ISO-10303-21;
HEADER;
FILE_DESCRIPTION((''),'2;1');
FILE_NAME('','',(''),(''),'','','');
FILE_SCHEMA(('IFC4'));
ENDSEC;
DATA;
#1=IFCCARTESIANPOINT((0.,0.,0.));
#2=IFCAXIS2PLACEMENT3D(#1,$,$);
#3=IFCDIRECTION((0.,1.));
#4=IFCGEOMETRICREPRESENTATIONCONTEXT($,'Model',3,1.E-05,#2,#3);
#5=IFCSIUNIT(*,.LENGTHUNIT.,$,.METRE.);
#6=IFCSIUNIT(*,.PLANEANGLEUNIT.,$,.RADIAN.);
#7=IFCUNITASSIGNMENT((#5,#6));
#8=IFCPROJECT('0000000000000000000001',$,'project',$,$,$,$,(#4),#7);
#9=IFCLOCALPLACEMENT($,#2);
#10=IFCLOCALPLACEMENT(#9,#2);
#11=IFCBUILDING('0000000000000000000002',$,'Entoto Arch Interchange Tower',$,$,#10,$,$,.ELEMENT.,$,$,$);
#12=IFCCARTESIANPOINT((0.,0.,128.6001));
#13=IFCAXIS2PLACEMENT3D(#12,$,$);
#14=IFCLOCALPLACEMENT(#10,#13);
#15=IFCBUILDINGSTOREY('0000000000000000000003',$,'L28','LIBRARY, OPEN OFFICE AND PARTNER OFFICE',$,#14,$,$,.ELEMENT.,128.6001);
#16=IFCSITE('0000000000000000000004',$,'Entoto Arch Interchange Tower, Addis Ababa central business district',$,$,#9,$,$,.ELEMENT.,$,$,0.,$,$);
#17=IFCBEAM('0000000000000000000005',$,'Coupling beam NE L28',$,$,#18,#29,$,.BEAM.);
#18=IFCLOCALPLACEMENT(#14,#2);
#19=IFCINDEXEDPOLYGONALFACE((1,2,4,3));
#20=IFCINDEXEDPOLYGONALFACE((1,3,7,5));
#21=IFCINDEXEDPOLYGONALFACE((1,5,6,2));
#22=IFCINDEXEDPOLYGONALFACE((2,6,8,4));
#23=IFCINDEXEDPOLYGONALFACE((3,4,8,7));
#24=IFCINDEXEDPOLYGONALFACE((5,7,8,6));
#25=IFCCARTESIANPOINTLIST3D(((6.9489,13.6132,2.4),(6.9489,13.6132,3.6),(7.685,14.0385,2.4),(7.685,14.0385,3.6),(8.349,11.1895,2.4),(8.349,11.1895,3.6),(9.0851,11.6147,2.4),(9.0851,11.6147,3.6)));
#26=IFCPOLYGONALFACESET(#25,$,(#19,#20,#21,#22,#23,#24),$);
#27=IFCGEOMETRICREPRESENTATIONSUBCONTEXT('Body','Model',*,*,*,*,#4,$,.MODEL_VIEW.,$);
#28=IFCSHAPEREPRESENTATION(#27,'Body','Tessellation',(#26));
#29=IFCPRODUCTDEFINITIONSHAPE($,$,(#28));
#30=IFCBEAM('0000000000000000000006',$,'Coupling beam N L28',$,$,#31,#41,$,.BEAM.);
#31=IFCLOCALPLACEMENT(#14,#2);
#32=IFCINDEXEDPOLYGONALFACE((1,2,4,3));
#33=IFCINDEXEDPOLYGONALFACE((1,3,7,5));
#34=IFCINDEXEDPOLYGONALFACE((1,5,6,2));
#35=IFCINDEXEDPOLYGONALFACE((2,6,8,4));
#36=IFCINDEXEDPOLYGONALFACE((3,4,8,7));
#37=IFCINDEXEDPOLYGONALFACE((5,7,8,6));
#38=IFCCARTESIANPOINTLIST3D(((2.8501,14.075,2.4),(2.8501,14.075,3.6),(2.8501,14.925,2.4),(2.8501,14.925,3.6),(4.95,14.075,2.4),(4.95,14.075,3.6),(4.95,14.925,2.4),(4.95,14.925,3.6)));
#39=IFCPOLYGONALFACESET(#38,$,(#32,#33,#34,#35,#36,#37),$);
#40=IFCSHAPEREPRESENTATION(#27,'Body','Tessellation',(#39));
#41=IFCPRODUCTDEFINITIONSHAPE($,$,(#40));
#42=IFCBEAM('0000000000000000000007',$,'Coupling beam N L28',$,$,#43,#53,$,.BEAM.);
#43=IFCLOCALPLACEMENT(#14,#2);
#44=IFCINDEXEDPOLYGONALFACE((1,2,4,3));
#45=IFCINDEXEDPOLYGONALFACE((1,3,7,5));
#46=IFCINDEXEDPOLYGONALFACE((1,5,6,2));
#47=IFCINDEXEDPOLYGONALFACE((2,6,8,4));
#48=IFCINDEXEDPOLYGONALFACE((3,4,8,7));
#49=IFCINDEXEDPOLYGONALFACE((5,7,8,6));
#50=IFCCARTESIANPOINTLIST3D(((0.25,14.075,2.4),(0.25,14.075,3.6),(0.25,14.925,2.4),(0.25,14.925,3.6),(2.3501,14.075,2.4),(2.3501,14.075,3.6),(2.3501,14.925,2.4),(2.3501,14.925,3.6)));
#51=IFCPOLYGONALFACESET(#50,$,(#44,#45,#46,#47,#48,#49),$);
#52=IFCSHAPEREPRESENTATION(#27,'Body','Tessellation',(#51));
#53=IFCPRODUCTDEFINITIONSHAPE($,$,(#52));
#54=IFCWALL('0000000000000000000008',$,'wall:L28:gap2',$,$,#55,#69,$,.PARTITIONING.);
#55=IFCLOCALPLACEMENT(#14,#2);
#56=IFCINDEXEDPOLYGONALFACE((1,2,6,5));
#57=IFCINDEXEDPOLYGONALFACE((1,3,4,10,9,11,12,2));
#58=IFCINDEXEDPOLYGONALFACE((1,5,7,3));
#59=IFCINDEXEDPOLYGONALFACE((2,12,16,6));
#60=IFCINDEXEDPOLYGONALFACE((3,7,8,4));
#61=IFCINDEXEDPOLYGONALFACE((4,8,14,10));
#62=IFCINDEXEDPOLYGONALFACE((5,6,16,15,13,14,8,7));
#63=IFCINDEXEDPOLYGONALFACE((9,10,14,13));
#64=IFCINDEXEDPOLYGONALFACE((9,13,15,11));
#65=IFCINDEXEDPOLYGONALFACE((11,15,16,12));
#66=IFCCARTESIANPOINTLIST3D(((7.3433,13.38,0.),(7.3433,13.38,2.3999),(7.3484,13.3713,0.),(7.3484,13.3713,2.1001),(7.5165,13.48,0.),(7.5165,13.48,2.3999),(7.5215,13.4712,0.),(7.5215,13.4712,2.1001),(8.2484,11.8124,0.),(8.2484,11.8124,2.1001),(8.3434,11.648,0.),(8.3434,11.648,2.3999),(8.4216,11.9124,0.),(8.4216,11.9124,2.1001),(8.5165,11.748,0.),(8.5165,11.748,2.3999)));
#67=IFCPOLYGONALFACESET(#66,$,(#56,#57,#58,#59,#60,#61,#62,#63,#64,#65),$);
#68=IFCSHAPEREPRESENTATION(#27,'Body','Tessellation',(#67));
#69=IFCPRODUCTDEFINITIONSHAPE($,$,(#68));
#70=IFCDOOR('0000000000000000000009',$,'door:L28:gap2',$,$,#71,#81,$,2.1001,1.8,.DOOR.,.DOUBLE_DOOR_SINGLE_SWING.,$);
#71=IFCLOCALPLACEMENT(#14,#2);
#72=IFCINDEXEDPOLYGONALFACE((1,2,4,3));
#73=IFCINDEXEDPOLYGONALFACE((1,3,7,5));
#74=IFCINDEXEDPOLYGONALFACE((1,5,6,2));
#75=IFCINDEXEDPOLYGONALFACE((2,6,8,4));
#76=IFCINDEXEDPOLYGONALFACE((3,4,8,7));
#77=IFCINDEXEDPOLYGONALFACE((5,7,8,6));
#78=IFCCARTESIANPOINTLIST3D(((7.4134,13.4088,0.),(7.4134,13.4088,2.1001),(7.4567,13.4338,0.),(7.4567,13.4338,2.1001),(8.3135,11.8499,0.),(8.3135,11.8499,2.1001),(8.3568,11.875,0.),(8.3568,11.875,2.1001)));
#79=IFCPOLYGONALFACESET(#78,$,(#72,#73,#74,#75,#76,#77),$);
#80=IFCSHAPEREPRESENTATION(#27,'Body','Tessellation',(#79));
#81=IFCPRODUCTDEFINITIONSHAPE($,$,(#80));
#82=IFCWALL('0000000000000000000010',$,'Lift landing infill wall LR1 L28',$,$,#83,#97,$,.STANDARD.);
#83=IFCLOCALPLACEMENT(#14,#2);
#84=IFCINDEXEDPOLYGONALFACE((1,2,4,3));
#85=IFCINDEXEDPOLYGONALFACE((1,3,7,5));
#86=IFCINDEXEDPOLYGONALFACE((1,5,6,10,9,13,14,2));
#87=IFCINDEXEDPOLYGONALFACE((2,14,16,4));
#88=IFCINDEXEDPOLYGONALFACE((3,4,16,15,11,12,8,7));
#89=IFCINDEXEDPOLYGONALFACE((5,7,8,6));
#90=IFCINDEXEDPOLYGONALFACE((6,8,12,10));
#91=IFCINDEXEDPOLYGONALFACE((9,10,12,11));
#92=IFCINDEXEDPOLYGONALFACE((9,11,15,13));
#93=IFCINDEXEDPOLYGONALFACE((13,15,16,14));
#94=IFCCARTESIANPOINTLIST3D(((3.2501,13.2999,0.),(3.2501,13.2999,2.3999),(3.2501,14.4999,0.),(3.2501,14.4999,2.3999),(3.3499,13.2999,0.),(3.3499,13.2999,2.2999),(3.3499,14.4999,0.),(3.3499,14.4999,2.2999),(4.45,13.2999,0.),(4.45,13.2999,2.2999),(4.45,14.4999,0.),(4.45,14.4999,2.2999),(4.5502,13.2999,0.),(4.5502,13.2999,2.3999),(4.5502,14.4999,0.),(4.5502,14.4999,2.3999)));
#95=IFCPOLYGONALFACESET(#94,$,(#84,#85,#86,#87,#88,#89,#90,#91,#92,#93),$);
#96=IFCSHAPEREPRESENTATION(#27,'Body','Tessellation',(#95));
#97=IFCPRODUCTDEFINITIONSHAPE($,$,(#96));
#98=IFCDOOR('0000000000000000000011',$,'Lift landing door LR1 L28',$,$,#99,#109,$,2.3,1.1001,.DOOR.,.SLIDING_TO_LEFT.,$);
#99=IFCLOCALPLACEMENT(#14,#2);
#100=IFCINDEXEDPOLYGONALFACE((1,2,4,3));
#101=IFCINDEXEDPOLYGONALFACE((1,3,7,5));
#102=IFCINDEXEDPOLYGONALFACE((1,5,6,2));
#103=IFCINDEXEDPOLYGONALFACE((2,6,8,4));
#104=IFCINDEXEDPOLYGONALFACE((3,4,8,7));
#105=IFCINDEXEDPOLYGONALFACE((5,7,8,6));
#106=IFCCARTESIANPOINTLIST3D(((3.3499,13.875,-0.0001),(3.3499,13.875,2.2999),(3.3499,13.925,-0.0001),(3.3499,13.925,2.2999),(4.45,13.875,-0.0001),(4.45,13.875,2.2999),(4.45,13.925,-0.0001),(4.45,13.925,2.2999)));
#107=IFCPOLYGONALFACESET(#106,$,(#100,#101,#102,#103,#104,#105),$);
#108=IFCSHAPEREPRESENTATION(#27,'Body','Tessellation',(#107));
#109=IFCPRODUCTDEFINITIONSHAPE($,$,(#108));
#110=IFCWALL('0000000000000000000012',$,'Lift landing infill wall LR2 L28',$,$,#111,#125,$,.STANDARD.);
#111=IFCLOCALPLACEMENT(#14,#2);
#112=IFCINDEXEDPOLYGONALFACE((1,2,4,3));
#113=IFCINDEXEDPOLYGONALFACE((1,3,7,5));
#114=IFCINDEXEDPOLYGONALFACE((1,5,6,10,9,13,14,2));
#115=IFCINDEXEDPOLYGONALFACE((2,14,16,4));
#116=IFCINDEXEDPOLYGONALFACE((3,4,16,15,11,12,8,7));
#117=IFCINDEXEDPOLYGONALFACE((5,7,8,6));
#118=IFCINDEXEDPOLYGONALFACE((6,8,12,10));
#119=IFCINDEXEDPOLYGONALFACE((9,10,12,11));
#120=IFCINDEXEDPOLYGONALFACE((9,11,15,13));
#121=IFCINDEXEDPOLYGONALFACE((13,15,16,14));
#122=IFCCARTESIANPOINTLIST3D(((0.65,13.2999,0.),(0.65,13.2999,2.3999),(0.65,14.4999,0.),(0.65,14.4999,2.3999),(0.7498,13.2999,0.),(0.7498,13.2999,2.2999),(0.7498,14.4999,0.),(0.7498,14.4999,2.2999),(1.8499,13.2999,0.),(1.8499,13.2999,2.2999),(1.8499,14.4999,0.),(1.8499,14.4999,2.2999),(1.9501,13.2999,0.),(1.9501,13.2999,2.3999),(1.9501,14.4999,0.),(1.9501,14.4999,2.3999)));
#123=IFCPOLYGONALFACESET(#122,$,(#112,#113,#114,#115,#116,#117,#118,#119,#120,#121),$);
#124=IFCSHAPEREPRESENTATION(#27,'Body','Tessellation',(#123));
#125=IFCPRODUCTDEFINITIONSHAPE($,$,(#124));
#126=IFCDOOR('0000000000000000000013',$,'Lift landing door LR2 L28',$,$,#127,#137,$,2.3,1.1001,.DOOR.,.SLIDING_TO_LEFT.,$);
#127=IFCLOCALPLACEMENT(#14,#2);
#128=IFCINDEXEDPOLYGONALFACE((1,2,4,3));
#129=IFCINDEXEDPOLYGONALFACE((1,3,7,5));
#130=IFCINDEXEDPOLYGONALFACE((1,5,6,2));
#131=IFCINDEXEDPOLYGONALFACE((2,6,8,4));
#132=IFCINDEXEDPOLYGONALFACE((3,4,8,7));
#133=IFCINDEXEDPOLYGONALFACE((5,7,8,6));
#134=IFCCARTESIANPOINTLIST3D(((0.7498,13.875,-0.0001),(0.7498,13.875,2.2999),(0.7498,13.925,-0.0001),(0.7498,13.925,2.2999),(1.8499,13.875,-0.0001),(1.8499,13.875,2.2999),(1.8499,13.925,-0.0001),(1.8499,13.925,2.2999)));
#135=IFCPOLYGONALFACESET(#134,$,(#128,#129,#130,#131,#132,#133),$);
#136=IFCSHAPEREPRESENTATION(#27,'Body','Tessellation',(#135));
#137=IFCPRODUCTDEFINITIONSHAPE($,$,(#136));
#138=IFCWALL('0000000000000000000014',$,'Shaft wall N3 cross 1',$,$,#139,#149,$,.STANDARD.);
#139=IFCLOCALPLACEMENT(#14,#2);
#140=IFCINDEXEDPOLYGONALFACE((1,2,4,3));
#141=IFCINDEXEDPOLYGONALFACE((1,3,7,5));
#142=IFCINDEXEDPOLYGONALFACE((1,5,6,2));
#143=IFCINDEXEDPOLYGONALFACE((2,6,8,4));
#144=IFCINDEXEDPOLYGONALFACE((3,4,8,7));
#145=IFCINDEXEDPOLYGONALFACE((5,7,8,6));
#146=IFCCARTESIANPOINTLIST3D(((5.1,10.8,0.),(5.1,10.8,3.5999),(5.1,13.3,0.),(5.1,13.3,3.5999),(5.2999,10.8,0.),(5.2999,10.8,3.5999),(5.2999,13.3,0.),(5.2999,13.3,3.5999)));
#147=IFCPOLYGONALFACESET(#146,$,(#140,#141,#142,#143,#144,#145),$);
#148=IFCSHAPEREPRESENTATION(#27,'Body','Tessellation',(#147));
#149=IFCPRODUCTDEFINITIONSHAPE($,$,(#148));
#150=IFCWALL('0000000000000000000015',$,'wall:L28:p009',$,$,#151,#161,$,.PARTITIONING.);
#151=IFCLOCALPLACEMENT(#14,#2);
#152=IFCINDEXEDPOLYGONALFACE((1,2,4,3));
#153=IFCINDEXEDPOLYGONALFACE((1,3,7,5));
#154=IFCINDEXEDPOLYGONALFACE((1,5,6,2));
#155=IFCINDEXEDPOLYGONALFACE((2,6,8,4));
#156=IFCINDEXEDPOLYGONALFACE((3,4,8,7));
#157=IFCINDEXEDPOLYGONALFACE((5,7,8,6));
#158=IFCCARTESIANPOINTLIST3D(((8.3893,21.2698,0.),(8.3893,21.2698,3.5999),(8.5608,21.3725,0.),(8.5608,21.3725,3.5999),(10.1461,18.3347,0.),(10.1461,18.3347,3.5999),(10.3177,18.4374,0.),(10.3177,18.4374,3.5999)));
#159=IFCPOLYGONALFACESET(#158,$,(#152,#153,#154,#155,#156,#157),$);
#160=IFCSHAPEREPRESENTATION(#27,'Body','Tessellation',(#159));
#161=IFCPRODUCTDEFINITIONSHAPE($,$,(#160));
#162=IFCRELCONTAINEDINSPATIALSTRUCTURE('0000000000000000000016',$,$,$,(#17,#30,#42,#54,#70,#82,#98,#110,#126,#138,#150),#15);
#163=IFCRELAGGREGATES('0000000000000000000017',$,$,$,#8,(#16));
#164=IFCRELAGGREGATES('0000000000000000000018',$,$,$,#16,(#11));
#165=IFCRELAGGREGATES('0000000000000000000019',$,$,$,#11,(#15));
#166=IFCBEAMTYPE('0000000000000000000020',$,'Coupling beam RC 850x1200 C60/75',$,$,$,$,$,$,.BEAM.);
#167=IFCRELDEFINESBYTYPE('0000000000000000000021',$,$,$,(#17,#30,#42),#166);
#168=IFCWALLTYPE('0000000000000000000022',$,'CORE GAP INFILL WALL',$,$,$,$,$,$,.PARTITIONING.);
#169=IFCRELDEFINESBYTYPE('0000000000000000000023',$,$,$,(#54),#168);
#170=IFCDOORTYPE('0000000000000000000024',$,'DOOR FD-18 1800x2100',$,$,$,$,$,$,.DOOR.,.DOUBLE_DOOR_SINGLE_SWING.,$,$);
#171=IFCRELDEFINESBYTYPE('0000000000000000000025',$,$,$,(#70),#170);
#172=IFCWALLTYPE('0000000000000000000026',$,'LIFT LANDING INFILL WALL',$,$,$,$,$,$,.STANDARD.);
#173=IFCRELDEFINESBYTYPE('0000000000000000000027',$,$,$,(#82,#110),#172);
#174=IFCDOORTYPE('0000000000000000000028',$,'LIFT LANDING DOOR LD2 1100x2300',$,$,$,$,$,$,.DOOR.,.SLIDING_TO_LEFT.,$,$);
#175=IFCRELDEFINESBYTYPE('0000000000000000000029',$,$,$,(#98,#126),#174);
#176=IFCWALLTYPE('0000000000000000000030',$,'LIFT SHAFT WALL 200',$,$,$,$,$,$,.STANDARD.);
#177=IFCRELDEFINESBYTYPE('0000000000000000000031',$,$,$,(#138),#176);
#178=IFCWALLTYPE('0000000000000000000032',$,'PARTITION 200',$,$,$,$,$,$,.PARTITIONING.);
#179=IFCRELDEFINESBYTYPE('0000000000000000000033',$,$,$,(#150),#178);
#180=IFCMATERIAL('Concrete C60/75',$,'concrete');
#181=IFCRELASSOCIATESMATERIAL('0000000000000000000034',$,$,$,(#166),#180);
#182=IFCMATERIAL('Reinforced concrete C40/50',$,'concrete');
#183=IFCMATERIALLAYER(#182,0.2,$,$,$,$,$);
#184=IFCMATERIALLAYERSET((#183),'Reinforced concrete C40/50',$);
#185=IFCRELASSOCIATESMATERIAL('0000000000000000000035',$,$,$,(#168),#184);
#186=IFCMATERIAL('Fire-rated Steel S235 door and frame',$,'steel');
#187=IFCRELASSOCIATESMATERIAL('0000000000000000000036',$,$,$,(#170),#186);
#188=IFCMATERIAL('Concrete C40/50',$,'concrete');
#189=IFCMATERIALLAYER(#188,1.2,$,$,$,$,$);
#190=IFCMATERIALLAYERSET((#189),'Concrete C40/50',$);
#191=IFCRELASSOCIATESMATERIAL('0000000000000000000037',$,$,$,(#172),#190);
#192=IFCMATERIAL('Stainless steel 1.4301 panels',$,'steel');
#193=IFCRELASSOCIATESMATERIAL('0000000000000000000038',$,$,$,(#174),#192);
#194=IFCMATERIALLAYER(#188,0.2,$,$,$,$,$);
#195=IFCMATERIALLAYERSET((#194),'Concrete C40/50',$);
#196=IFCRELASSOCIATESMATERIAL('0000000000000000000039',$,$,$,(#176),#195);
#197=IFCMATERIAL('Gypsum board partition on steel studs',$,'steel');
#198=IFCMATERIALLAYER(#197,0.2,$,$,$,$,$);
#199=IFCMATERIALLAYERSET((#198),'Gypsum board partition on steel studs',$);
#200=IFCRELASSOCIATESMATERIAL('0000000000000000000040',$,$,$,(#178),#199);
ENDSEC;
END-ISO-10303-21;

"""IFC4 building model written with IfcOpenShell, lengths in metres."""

from ifc_helpers import new_model, si_unit, direction, frame, frame_2d, origin, origin_2d, place, context, subcontext, project, spatial, rectangle, extrude, material, layer, layer_set, material_profile, profile_set, type_object, element, fill, save


model = new_model("IFC4")

# Units and contexts
model_context = context("Model", 3, precision=1e-05, world=origin(), true_north=direction((0.0, 1.0)))
body_context = subcontext(model_context, "Body", "Model", "MODEL_VIEW")
ifc_project = project(units=[si_unit("LENGTHUNIT", "METRE"), si_unit("PLANEANGLEUNIT", "RADIAN")], contexts=[model_context])

# Site, building, storey
site_placement = place(None, origin())
site = spatial("IfcSite", under=ifc_project, at=site_placement, Name="Entoto Arch Interchange Tower, Addis Ababa central business district", CompositionType="ELEMENT", RefElevation=0.0)
building_placement = place(site_placement, origin())
building = spatial("IfcBuilding", under=site, at=building_placement, Name="Entoto Arch Interchange Tower", CompositionType="ELEMENT")
storey_placement = place(building_placement, frame((0.0, 0.0, 128.6001)))
storey = spatial("IfcBuildingStorey", under=building, at=storey_placement, Name="L28", Description="LIBRARY, OPEN OFFICE AND PARTNER OFFICE", CompositionType="ELEMENT", Elevation=128.6001)

# Beams
ifc_material_1 = material(Name="Concrete C60/75", Category="concrete")
ifc_material_profile = material_profile(ifc_material_1, rectangle(XDim=0.8501, YDim=1.2, at=origin_2d()))
ifc_profile_set = profile_set([ifc_material_profile], Name="Concrete C60/75")
beam_type = type_object("IfcBeamType", Name="Coupling beam RC 850x1200 C60/75", PredefinedType="BEAM", material=ifc_profile_set)
beam_1_placement = place(storey_placement, frame((8.717, 11.4021, 3.0), z_axis=(-0.500201, 0.86591, 0.0), x_axis=(-0.86591, -0.500201, 0.0)))
element("IfcBeam", 1, at=beam_1_placement, inside=storey, type_object=beam_type, Name="Coupling beam NE L28", PredefinedType="BEAM", context=body_context, shape_type="SweptSolid", body=[
    extrude(rectangle(XDim=0.8501, YDim=1.2, at=origin_2d()), origin(), (0.0, 0.0, 1.0), 2.7991),
])
beam_2_placement = place(storey_placement, frame((4.95, 14.5, 3.0), z_axis=(-1.0, 0.0, 0.0), x_axis=(0.0, -1.0, 0.0)))
element("IfcBeam", 2, at=beam_2_placement, inside=storey, type_object=beam_type, Name="Coupling beam N L28", PredefinedType="BEAM", context=body_context, shape_type="SweptSolid", body=[
    extrude(rectangle(XDim=0.8501, YDim=1.2, at=origin_2d()), origin(), (0.0, 0.0, 1.0), 2.0999),
])
beam_3_placement = place(storey_placement, frame((2.3501, 14.5, 3.0), z_axis=(-1.0, 0.0, 0.0), x_axis=(0.0, -1.0, 0.0)))
element("IfcBeam", 3, at=beam_3_placement, inside=storey, type_object=beam_type, Name="Coupling beam N L28", PredefinedType="BEAM", context=body_context, shape_type="SweptSolid", body=[
    extrude(rectangle(XDim=0.8501, YDim=1.2, at=origin_2d()), origin(), (0.0, 0.0, 1.0), 2.1001),
])

# Walls, openings, doors
ifc_material_2 = material(Name="Reinforced concrete C40/50", Category="concrete")
ifc_layer_1 = layer(ifc_material_2, 0.2)
ifc_layer_set_1 = layer_set([ifc_layer_1], Name="Reinforced concrete C40/50")
wall_type_1 = type_object("IfcWallType", Name="CORE GAP INFILL WALL", PredefinedType="PARTITIONING", material=ifc_layer_set_1)
wall_1_placement = place(storey_placement, frame((8.4299, 11.698, 0.0), z_axis=(0.0, 0.0, 1.0), x_axis=(-0.500025, 0.866011, 0.0)))
wall_1 = element("IfcWall", 4, at=wall_1_placement, inside=storey, type_object=wall_type_1, Name="wall:L28:gap2", PredefinedType="PARTITIONING", context=body_context, shape_type="SweptSolid", body=[
    extrude(rectangle(XDim=2.0, YDim=0.2, at=frame_2d((1.0, 0.0))), origin(), (0.0, 0.0, 1.0), 2.3999),
])
opening_1_placement = place(wall_1_placement, frame((0.1899, 0.0, 0.0)))
opening_1 = element("IfcOpeningElement", 5, at=opening_1_placement, cuts=wall_1, PredefinedType="OPENING", context=body_context, shape_type="SweptSolid", body=[
    extrude(rectangle(XDim=1.8, YDim=2.1001, at=frame_2d((0.8999, 1.05))), frame((0.0, 0.1099, 0.0), z_axis=(0.0, -1.0, 0.0), x_axis=(1.0, 0.0, 0.0)), (0.0, 0.0, 1.0), 0.22),
])
ifc_material_3 = material(Name="Fire-rated Steel S235 door and frame", Category="steel")
door_type_1 = type_object("IfcDoorType", Name="DOOR FD-18 1800x2100", OperationType="DOUBLE_DOOR_SINGLE_SWING", PredefinedType="DOOR", material=ifc_material_3)
door_1_placement = place(opening_1_placement, origin())
door_1 = element("IfcDoor", 6, at=door_1_placement, inside=storey, type_object=door_type_1, Name="door:L28:gap2", OperationType="DOUBLE_DOOR_SINGLE_SWING", OverallHeight=2.1001, OverallWidth=1.8, PredefinedType="DOOR", context=body_context, shape_type="SweptSolid", body=[
    extrude(rectangle(XDim=1.8, YDim=2.1001, at=frame_2d((0.8999, 1.05))), frame((0.0, 0.0249, 0.0), z_axis=(0.0, -1.0, 0.0), x_axis=(1.0, 0.0, 0.0)), (0.0, 0.0, 1.0), 0.05),
])
fill(opening_1, door_1)
ifc_material_4 = material(Name="Concrete C40/50", Category="concrete")
ifc_layer_2 = layer(ifc_material_4, 1.2)
ifc_layer_set_2 = layer_set([ifc_layer_2], Name="Concrete C40/50")
wall_type_2 = type_object("IfcWallType", Name="LIFT LANDING INFILL WALL", PredefinedType="STANDARD", material=ifc_layer_set_2)
wall_2_placement = place(storey_placement, frame((4.55, 13.8999, 0.0), z_axis=(0.0, 0.0, 1.0), x_axis=(-1.0, 0.0, 0.0)))
wall_2 = element("IfcWall", 7, at=wall_2_placement, inside=storey, type_object=wall_type_2, Name="Lift landing infill wall LR1 L28", PredefinedType="STANDARD", context=body_context, shape_type="SweptSolid", body=[
    extrude(rectangle(XDim=1.3, YDim=1.2, at=frame_2d((0.6499, 0.0))), origin(), (0.0, 0.0, 1.0), 2.3999),
])
opening_2_placement = place(wall_2_placement, frame((0.1001, 0.0, 0.0)))
opening_2 = element("IfcOpeningElement", 8, at=opening_2_placement, cuts=wall_2, PredefinedType="OPENING", context=body_context, shape_type="SweptSolid", body=[
    extrude(rectangle(XDim=1.1001, YDim=2.3, at=frame_2d((0.55, 1.1499))), frame((0.0, 0.6099, 0.0), z_axis=(0.0, -1.0, 0.0), x_axis=(1.0, 0.0, 0.0)), (0.0, 0.0, 1.0), 1.22),
])
ifc_material_5 = material(Name="Stainless steel 1.4301 panels", Category="steel")
door_type_2 = type_object("IfcDoorType", Name="LIFT LANDING DOOR LD2 1100x2300", OperationType="SLIDING_TO_LEFT", PredefinedType="DOOR", material=ifc_material_5)
door_2_placement = place(opening_2_placement, origin())
door_2 = element("IfcDoor", 9, at=door_2_placement, inside=storey, type_object=door_type_2, Name="Lift landing door LR1 L28", OperationType="SLIDING_TO_LEFT", OverallHeight=2.3, OverallWidth=1.1001, PredefinedType="DOOR", context=body_context, shape_type="SweptSolid", body=[
    extrude(rectangle(XDim=1.1001, YDim=2.3, at=frame_2d((0.55, 1.1499))), frame((0.0, 0.0249, 0.0), z_axis=(0.0, -1.0, 0.0), x_axis=(1.0, 0.0, 0.0)), (0.0, 0.0, 1.0), 0.05),
])
fill(opening_2, door_2)
wall_3_placement = place(storey_placement, frame((1.95, 13.8999, 0.0), z_axis=(0.0, 0.0, 1.0), x_axis=(-1.0, 0.0, 0.0)))
wall_3 = element("IfcWall", 10, at=wall_3_placement, inside=storey, type_object=wall_type_2, Name="Lift landing infill wall LR2 L28", PredefinedType="STANDARD", context=body_context, shape_type="SweptSolid", body=[
    extrude(rectangle(XDim=1.3, YDim=1.2, at=frame_2d((0.6499, 0.0))), origin(), (0.0, 0.0, 1.0), 2.3999),
])
opening_3_placement = place(wall_3_placement, frame((0.1001, 0.0, 0.0)))
opening_3 = element("IfcOpeningElement", 11, at=opening_3_placement, cuts=wall_3, PredefinedType="OPENING", context=body_context, shape_type="SweptSolid", body=[
    extrude(rectangle(XDim=1.1001, YDim=2.3, at=frame_2d((0.55, 1.1499))), frame((0.0, 0.6099, 0.0), z_axis=(0.0, -1.0, 0.0), x_axis=(1.0, 0.0, 0.0)), (0.0, 0.0, 1.0), 1.22),
])
door_3_placement = place(opening_3_placement, origin())
door_3 = element("IfcDoor", 12, at=door_3_placement, inside=storey, type_object=door_type_2, Name="Lift landing door LR2 L28", OperationType="SLIDING_TO_LEFT", OverallHeight=2.3, OverallWidth=1.1001, PredefinedType="DOOR", context=body_context, shape_type="SweptSolid", body=[
    extrude(rectangle(XDim=1.1001, YDim=2.3, at=frame_2d((0.55, 1.1499))), frame((0.0, 0.0249, 0.0), z_axis=(0.0, -1.0, 0.0), x_axis=(1.0, 0.0, 0.0)), (0.0, 0.0, 1.0), 0.05),
])
fill(opening_3, door_3)

# Walls
ifc_layer_3 = layer(ifc_material_4, 0.2)
ifc_layer_set_3 = layer_set([ifc_layer_3], Name="Concrete C40/50")
wall_type_3 = type_object("IfcWallType", Name="LIFT SHAFT WALL 200", PredefinedType="STANDARD", material=ifc_layer_set_3)
wall_4_placement = place(storey_placement, frame((5.2, 10.8, 0.0), z_axis=(0.0, 0.0, 1.0), x_axis=(0.0, 1.0, 0.0)))
element("IfcWall", 13, at=wall_4_placement, inside=storey, type_object=wall_type_3, Name="Shaft wall N3 cross 1", PredefinedType="STANDARD", context=body_context, shape_type="SweptSolid", body=[
    extrude(rectangle(XDim=2.5, YDim=0.2, at=frame_2d((1.25, 0.0))), origin(), (0.0, 0.0, 1.0), 3.5999),
])
ifc_material_6 = material(Name="Gypsum board partition on steel studs", Category="steel")
ifc_layer_4 = layer(ifc_material_6, 0.2)
ifc_layer_set_4 = layer_set([ifc_layer_4], Name="Gypsum board partition on steel studs")
wall_type_4 = type_object("IfcWallType", Name="PARTITION 200", PredefinedType="PARTITIONING", material=ifc_layer_set_4)
wall_5_placement = place(storey_placement, frame((10.2319, 18.386, 0.0), z_axis=(0.0, 0.0, 1.0), x_axis=(-0.513593, 0.858034, 0.0)))
element("IfcWall", 14, at=wall_5_placement, inside=storey, type_object=wall_type_4, Name="wall:L28:p009", PredefinedType="PARTITIONING", context=body_context, shape_type="SweptSolid", body=[
    extrude(rectangle(XDim=3.4207, YDim=0.2, at=frame_2d((1.7104, 0.0))), origin(), (0.0, 0.0, 1.0), 3.5999),
])

save(model, "model.ifc")
